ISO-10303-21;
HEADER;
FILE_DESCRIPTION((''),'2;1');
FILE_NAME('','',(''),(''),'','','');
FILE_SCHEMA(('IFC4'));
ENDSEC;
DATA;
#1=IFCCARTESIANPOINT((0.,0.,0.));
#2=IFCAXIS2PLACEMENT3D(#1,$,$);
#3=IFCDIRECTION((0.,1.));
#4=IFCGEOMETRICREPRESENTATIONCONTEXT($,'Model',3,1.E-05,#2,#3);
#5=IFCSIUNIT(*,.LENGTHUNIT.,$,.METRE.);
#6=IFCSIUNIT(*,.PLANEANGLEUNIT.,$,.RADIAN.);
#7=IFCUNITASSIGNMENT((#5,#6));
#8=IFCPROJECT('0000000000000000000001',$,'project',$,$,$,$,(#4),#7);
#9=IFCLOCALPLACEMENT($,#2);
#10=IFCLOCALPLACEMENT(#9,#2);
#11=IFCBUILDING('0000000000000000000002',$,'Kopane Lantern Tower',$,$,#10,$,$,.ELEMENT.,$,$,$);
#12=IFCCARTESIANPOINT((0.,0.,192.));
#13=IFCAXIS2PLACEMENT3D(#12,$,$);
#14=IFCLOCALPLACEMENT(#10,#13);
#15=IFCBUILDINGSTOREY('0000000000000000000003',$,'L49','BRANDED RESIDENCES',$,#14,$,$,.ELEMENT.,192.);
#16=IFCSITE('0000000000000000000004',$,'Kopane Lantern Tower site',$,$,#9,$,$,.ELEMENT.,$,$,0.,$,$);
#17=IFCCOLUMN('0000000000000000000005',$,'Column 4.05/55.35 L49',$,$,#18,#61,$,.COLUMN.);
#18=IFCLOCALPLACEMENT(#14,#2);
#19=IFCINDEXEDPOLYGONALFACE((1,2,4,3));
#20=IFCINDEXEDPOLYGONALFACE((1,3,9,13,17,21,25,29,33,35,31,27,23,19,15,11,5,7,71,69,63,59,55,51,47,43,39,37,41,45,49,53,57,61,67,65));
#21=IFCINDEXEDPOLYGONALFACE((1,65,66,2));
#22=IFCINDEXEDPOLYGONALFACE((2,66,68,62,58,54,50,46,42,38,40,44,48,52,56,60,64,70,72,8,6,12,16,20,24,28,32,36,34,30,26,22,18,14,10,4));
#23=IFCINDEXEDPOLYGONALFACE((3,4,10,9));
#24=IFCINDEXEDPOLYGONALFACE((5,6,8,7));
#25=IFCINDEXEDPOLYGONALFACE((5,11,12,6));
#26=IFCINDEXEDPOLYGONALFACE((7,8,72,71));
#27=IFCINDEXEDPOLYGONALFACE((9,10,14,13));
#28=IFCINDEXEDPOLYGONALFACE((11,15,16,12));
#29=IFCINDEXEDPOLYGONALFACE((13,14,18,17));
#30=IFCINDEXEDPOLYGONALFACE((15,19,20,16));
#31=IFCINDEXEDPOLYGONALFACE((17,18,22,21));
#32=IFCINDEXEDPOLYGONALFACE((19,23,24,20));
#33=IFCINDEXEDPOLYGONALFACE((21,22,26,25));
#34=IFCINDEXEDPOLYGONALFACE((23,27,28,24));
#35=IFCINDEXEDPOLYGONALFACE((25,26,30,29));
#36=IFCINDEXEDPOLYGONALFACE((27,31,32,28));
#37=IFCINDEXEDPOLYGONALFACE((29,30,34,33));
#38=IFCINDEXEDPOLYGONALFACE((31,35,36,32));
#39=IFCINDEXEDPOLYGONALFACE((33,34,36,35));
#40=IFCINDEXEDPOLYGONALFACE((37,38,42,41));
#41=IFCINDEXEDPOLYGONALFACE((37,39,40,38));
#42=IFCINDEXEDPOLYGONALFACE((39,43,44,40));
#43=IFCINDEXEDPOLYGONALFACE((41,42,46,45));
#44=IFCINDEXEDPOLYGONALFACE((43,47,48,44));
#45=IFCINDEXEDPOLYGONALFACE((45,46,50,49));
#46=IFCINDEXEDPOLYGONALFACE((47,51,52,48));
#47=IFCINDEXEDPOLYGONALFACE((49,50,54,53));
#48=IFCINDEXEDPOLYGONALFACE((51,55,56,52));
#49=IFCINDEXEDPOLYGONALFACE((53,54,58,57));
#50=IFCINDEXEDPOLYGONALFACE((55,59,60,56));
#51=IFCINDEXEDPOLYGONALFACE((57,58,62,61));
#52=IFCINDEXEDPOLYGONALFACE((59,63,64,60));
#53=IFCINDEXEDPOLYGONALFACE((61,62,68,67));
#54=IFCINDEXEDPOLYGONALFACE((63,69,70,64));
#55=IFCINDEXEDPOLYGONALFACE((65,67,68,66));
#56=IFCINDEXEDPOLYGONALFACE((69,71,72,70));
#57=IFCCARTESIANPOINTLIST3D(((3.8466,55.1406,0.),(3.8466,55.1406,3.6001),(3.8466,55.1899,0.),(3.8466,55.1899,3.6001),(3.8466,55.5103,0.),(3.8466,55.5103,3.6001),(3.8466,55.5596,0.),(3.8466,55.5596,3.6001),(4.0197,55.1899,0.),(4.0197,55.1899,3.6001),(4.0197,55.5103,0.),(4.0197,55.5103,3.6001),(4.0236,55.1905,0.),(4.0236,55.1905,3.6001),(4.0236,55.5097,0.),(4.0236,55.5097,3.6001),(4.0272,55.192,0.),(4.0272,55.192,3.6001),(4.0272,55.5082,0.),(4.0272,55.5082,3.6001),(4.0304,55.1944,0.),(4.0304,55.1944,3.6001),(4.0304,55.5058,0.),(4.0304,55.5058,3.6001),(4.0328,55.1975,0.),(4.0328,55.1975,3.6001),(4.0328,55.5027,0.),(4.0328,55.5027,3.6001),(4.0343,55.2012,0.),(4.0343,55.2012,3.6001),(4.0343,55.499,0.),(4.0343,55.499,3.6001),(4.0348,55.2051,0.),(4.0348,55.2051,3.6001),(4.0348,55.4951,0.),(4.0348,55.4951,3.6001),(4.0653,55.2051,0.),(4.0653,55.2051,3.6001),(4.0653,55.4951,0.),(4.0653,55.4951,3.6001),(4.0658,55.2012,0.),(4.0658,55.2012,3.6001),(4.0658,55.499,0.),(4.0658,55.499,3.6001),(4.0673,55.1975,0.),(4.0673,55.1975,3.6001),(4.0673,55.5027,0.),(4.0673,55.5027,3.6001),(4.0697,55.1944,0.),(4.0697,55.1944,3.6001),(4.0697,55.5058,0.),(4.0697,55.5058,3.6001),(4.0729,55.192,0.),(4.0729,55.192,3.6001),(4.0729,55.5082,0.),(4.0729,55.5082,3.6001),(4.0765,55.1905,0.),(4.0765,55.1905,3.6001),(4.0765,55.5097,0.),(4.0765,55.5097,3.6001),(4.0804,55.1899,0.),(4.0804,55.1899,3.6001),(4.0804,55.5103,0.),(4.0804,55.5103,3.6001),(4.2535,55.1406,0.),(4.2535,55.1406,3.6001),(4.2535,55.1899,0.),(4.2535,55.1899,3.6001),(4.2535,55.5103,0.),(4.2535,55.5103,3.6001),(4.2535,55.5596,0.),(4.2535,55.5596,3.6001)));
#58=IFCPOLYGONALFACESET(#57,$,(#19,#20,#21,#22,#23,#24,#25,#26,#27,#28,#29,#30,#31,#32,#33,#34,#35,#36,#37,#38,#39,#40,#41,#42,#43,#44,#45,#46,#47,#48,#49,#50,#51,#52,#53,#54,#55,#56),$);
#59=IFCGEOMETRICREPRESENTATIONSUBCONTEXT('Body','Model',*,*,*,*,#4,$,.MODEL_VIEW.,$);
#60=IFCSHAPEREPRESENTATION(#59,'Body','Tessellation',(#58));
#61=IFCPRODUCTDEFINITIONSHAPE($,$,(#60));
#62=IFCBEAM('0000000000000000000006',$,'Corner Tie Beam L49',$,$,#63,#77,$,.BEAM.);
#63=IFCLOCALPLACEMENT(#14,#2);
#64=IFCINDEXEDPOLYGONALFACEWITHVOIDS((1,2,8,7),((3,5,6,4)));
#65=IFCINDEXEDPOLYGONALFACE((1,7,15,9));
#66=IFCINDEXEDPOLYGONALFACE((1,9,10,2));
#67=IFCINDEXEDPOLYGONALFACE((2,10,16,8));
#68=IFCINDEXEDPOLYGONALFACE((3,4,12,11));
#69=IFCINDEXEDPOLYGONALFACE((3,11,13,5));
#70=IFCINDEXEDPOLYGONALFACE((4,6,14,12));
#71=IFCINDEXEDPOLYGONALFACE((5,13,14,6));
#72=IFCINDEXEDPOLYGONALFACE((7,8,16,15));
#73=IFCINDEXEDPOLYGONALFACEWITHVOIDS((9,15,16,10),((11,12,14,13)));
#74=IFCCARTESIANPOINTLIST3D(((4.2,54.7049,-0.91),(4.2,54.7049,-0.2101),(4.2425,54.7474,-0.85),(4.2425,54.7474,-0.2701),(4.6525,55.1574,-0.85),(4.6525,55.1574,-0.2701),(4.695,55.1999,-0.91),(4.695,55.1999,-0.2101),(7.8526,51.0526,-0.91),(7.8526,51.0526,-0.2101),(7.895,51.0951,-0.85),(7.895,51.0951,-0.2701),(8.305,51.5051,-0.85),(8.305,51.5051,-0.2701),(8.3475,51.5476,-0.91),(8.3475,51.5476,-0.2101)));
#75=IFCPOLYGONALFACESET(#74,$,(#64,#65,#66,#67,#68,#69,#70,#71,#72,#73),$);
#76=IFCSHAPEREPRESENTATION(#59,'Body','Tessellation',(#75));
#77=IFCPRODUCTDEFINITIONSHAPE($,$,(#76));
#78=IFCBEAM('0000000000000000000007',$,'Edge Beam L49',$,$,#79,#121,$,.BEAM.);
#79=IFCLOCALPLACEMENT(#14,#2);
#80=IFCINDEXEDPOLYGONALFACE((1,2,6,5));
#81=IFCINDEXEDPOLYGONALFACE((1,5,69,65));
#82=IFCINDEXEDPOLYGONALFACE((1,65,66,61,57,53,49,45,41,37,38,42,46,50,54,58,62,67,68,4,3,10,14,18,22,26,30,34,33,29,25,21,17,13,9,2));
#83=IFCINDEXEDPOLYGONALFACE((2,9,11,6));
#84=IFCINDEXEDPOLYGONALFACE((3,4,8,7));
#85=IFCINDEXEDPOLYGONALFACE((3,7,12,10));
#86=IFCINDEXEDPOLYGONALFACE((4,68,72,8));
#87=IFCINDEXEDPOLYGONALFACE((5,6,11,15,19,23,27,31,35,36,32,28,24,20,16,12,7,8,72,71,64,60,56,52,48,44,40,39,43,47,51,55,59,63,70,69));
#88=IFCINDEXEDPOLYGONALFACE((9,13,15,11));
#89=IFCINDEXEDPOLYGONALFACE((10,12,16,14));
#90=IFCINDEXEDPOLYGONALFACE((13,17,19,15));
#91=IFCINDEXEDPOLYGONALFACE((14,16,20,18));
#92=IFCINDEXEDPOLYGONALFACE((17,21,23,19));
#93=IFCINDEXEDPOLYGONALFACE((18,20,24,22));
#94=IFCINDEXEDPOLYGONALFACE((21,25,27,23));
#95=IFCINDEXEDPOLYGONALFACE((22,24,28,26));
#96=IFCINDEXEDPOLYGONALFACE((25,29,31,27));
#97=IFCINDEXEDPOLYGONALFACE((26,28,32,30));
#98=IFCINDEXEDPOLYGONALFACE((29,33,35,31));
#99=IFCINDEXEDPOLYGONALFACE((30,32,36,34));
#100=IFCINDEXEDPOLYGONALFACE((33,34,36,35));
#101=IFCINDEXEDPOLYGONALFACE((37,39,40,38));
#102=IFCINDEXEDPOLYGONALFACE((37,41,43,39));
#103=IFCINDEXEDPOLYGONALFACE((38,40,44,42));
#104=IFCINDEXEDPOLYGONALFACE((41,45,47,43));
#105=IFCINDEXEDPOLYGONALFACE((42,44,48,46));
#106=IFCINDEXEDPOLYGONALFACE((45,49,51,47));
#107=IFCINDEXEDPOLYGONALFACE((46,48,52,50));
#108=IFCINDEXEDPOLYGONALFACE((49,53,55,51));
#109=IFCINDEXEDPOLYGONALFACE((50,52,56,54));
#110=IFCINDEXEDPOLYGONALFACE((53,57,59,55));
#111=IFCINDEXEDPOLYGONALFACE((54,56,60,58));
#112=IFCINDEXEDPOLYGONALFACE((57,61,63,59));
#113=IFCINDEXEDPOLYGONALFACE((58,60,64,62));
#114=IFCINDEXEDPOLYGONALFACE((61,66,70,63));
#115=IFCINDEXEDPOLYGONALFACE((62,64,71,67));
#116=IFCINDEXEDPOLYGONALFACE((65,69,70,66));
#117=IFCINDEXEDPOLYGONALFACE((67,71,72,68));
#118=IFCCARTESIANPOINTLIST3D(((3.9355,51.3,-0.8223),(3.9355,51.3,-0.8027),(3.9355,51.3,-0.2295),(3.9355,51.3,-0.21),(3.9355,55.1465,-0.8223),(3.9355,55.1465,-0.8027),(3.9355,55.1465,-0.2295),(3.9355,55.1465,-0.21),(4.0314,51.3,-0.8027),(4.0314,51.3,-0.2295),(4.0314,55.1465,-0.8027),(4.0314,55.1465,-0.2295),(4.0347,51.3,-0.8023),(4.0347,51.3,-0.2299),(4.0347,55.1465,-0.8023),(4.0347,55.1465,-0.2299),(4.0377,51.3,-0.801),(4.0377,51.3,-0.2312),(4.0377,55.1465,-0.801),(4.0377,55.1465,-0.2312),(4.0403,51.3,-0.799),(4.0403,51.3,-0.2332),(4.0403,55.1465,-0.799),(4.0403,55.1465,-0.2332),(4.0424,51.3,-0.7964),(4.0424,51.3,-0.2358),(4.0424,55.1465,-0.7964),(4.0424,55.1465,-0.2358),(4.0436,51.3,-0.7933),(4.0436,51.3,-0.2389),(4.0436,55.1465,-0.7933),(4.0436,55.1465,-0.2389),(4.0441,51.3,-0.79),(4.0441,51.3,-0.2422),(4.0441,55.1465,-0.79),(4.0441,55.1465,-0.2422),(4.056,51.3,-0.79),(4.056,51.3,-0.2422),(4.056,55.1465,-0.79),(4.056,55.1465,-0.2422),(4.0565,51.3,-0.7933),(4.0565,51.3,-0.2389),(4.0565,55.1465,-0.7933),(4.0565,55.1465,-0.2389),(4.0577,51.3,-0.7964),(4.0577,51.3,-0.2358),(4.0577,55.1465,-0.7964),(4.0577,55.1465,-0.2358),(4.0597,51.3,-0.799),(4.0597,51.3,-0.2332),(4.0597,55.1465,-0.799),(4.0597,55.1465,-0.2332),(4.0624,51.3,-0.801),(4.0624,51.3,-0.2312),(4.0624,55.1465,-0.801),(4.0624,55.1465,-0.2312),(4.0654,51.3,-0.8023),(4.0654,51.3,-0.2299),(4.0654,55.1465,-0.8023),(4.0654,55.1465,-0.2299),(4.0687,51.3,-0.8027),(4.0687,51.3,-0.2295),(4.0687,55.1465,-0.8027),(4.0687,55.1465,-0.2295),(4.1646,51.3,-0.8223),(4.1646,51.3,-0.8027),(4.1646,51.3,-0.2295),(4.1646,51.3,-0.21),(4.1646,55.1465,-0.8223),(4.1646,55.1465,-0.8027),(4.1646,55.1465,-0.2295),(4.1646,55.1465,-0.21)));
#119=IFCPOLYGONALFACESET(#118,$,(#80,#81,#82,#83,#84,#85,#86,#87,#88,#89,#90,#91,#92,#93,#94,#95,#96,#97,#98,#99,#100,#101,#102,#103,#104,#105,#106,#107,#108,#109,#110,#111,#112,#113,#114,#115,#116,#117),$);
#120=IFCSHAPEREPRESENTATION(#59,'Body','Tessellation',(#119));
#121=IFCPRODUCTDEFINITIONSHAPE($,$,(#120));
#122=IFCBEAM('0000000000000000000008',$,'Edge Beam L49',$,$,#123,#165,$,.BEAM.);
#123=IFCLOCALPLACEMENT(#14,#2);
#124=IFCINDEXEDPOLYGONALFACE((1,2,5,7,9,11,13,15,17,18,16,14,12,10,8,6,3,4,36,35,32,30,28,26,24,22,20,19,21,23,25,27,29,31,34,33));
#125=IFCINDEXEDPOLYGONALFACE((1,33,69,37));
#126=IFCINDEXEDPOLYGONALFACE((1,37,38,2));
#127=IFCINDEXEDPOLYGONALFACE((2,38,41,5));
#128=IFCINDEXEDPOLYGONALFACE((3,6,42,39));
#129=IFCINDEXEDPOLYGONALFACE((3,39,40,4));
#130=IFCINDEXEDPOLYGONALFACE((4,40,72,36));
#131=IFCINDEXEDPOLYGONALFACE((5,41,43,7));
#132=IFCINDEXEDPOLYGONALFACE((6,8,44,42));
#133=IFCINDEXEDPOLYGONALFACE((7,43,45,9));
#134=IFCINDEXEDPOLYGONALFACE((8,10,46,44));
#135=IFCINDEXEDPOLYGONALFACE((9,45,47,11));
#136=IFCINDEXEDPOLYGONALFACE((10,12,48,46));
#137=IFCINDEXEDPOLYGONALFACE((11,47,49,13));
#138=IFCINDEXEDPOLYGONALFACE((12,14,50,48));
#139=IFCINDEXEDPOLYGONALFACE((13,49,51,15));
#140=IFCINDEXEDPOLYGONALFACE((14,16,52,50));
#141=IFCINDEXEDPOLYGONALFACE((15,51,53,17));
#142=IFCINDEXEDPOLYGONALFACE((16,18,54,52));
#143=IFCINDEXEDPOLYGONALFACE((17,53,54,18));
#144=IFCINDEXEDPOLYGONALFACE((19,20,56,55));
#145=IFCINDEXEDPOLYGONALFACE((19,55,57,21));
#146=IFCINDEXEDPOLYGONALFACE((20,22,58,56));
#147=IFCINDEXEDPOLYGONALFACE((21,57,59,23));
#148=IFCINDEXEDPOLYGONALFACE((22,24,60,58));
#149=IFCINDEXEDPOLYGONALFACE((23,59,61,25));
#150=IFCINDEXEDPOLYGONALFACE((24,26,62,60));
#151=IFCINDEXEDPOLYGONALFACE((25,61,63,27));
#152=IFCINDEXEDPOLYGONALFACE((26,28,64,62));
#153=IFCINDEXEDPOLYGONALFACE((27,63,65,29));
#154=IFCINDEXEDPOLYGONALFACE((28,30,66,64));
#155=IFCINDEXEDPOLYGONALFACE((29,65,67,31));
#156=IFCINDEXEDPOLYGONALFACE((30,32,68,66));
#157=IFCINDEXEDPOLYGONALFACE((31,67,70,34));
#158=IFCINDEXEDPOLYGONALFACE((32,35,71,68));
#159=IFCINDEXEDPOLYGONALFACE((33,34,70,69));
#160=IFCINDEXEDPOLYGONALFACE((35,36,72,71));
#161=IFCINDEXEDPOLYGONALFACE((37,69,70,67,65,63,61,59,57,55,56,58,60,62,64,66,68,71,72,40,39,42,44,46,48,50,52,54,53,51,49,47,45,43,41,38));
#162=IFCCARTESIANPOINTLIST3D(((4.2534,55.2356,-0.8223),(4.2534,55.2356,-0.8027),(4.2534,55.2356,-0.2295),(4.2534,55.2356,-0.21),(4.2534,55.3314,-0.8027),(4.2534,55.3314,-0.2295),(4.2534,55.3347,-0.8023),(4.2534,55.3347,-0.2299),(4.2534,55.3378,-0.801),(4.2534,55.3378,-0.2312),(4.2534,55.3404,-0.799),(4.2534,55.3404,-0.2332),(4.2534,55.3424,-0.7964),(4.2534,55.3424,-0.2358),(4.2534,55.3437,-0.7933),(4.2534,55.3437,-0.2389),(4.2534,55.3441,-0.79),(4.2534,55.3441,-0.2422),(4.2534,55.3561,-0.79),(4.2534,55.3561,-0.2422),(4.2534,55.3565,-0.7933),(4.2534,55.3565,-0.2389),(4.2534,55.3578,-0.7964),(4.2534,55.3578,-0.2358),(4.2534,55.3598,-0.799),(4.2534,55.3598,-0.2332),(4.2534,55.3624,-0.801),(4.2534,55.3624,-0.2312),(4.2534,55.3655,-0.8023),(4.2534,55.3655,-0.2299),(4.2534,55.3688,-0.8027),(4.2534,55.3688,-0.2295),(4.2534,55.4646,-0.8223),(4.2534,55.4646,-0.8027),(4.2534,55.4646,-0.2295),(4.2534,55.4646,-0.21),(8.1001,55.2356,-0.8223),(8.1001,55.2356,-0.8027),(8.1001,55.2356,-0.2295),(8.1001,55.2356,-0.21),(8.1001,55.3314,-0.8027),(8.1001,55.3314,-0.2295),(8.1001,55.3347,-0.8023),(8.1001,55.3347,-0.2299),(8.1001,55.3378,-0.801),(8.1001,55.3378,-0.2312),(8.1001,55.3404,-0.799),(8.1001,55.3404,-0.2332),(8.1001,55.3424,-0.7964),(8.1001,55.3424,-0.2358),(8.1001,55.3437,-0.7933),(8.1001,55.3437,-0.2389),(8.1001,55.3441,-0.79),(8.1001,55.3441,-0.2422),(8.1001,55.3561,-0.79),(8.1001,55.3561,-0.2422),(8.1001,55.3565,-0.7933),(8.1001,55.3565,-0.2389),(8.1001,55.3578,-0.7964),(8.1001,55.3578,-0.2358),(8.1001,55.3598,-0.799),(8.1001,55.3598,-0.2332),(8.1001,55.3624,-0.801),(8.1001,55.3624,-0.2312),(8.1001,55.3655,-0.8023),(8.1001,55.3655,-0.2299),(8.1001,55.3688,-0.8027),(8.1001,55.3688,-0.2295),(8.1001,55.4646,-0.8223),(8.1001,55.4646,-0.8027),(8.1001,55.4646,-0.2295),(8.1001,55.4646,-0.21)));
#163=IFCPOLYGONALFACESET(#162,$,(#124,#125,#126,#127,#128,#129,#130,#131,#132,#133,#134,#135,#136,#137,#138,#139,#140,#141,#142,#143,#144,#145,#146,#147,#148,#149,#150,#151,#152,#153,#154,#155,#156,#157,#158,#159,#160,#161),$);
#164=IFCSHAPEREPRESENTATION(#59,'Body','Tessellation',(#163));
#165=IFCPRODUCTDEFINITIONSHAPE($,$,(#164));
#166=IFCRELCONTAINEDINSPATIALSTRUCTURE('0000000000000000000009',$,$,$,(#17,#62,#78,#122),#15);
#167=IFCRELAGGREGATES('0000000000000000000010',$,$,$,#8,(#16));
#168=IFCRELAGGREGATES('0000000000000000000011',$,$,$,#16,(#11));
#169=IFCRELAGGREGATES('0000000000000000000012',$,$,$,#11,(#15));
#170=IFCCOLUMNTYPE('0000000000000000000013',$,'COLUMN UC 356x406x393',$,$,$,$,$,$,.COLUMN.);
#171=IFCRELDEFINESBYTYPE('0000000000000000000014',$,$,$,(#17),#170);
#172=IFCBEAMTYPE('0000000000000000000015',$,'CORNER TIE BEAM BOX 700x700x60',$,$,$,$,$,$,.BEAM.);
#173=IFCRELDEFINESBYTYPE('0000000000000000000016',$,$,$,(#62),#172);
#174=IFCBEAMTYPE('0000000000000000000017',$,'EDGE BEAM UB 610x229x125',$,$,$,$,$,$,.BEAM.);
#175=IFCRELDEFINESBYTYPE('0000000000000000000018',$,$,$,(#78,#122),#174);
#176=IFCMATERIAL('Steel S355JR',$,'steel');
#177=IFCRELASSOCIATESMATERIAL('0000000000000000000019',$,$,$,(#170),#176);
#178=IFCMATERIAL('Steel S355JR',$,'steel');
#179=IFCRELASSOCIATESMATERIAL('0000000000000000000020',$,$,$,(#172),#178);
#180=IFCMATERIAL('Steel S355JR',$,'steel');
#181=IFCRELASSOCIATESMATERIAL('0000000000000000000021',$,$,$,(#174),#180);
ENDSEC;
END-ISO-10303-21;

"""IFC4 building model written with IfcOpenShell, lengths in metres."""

from ifc_helpers import new_model, si_unit, direction, frame, origin, origin_2d, place, context, subcontext, project, spatial, hollow_rectangle, i_section, extrude, material, material_profile, profile_set, type_object, element, save


model = new_model("IFC4")

# Units and contexts
model_context = context("Model", 3, precision=1e-05, world=origin(), true_north=direction((0.0, 1.0)))
body_context = subcontext(model_context, "Body", "Model", "MODEL_VIEW")
ifc_project = project(units=[si_unit("LENGTHUNIT", "METRE"), si_unit("PLANEANGLEUNIT", "RADIAN")], contexts=[model_context])

# Site, building, storey
site_placement = place(None, origin())
site = spatial("IfcSite", under=ifc_project, at=site_placement, Name="Kopane Lantern Tower site", CompositionType="ELEMENT", RefElevation=0.0)
building_placement = place(site_placement, origin())
building = spatial("IfcBuilding", under=site, at=building_placement, Name="Kopane Lantern Tower", CompositionType="ELEMENT")
storey_placement = place(building_placement, frame((0.0, 0.0, 192.0)))
storey = spatial("IfcBuildingStorey", under=building, at=storey_placement, Name="L49", Description="BRANDED RESIDENCES", CompositionType="ELEMENT", Elevation=192.0)

# Column
ifc_material_1 = material(Name="Steel S355JR", Category="steel")
ifc_material_profile_1 = material_profile(ifc_material_1, i_section(OverallWidth=0.407, OverallDepth=0.4189, WebThickness=0.0305, FlangeThickness=0.0493, FilletRadius=0.0151, at=origin_2d()), Name="UC 356x406x393")
ifc_profile_set_1 = profile_set([ifc_material_profile_1], Name="Steel S355JR")
column_type = type_object("IfcColumnType", Name="COLUMN UC 356x406x393", PredefinedType="COLUMN", material=ifc_profile_set_1)
column_placement = place(storey_placement, frame((4.05, 55.3501, 0.0), z_axis=(0.0, 0.0, 1.0), x_axis=(1.0, 0.0, 0.0)))
element("IfcColumn", 1, at=column_placement, inside=storey, type_object=column_type, Name="Column 4.05/55.35 L49", PredefinedType="COLUMN", context=body_context, shape_type="SweptSolid", body=[
    extrude(i_section(OverallWidth=0.407, OverallDepth=0.4189, WebThickness=0.0305, FlangeThickness=0.0493, FilletRadius=0.0151, at=origin_2d()), origin(), (0.0, 0.0, 1.0), 3.6001),
])

# Beams
ifc_material_2 = material(Name="Steel S355JR", Category="steel")
ifc_material_profile_2 = material_profile(ifc_material_2, hollow_rectangle(XDim=0.7, YDim=0.7, WallThickness=0.0601, at=origin_2d()), Name="BOX 700x700x60")
ifc_profile_set_2 = profile_set([ifc_material_profile_2], Name="Steel S355JR")
beam_type_1 = type_object("IfcBeamType", Name="CORNER TIE BEAM BOX 700x700x60", PredefinedType="BEAM", material=ifc_profile_set_2)
beam_1_placement = place(storey_placement, frame((4.4475, 54.9524, -0.5601), z_axis=(0.70713, -0.707083, 0.0), x_axis=(0.707083, 0.70713, 0.0)))
element("IfcBeam", 2, at=beam_1_placement, inside=storey, type_object=beam_type_1, Name="Corner Tie Beam L49", PredefinedType="BEAM", context=body_context, shape_type="SweptSolid", body=[
    extrude(hollow_rectangle(XDim=0.7, YDim=0.7, WallThickness=0.0601, at=origin_2d()), origin(), (0.0, 0.0, 1.0), 5.1653),
])
ifc_material_3 = material(Name="Steel S355JR", Category="steel")
ifc_material_profile_3 = material_profile(ifc_material_3, i_section(OverallWidth=0.229, OverallDepth=0.6123, WebThickness=0.012, FlangeThickness=0.0195, FilletRadius=0.0127, at=origin_2d()), Name="UB 610x229x125")
ifc_profile_set_3 = profile_set([ifc_material_profile_3], Name="Steel S355JR")
beam_type_2 = type_object("IfcBeamType", Name="EDGE BEAM UB 610x229x125", PredefinedType="BEAM", material=ifc_profile_set_3)
beam_2_placement = place(storey_placement, frame((4.05, 55.1465, -0.5161), z_axis=(0.0, -1.0, 0.0), x_axis=(1.0, 0.0, 0.0)))
element("IfcBeam", 3, at=beam_2_placement, inside=storey, type_object=beam_type_2, Name="Edge Beam L49", PredefinedType="BEAM", context=body_context, shape_type="SweptSolid", body=[
    extrude(i_section(OverallWidth=0.229, OverallDepth=0.6123, WebThickness=0.012, FlangeThickness=0.0195, FilletRadius=0.0127, at=origin_2d()), origin(), (0.0, 0.0, 1.0), 3.8464),
])
beam_3_placement = place(storey_placement, frame((4.2534, 55.3501, -0.5161), z_axis=(1.0, 0.0, 0.0), x_axis=(0.0, 1.0, 0.0)))
element("IfcBeam", 4, at=beam_3_placement, inside=storey, type_object=beam_type_2, Name="Edge Beam L49", PredefinedType="BEAM", context=body_context, shape_type="SweptSolid", body=[
    extrude(i_section(OverallWidth=0.229, OverallDepth=0.6123, WebThickness=0.012, FlangeThickness=0.0195, FilletRadius=0.0127, at=origin_2d()), origin(), (0.0, 0.0, 1.0), 3.8467),
])

save(model, "model.ifc")
